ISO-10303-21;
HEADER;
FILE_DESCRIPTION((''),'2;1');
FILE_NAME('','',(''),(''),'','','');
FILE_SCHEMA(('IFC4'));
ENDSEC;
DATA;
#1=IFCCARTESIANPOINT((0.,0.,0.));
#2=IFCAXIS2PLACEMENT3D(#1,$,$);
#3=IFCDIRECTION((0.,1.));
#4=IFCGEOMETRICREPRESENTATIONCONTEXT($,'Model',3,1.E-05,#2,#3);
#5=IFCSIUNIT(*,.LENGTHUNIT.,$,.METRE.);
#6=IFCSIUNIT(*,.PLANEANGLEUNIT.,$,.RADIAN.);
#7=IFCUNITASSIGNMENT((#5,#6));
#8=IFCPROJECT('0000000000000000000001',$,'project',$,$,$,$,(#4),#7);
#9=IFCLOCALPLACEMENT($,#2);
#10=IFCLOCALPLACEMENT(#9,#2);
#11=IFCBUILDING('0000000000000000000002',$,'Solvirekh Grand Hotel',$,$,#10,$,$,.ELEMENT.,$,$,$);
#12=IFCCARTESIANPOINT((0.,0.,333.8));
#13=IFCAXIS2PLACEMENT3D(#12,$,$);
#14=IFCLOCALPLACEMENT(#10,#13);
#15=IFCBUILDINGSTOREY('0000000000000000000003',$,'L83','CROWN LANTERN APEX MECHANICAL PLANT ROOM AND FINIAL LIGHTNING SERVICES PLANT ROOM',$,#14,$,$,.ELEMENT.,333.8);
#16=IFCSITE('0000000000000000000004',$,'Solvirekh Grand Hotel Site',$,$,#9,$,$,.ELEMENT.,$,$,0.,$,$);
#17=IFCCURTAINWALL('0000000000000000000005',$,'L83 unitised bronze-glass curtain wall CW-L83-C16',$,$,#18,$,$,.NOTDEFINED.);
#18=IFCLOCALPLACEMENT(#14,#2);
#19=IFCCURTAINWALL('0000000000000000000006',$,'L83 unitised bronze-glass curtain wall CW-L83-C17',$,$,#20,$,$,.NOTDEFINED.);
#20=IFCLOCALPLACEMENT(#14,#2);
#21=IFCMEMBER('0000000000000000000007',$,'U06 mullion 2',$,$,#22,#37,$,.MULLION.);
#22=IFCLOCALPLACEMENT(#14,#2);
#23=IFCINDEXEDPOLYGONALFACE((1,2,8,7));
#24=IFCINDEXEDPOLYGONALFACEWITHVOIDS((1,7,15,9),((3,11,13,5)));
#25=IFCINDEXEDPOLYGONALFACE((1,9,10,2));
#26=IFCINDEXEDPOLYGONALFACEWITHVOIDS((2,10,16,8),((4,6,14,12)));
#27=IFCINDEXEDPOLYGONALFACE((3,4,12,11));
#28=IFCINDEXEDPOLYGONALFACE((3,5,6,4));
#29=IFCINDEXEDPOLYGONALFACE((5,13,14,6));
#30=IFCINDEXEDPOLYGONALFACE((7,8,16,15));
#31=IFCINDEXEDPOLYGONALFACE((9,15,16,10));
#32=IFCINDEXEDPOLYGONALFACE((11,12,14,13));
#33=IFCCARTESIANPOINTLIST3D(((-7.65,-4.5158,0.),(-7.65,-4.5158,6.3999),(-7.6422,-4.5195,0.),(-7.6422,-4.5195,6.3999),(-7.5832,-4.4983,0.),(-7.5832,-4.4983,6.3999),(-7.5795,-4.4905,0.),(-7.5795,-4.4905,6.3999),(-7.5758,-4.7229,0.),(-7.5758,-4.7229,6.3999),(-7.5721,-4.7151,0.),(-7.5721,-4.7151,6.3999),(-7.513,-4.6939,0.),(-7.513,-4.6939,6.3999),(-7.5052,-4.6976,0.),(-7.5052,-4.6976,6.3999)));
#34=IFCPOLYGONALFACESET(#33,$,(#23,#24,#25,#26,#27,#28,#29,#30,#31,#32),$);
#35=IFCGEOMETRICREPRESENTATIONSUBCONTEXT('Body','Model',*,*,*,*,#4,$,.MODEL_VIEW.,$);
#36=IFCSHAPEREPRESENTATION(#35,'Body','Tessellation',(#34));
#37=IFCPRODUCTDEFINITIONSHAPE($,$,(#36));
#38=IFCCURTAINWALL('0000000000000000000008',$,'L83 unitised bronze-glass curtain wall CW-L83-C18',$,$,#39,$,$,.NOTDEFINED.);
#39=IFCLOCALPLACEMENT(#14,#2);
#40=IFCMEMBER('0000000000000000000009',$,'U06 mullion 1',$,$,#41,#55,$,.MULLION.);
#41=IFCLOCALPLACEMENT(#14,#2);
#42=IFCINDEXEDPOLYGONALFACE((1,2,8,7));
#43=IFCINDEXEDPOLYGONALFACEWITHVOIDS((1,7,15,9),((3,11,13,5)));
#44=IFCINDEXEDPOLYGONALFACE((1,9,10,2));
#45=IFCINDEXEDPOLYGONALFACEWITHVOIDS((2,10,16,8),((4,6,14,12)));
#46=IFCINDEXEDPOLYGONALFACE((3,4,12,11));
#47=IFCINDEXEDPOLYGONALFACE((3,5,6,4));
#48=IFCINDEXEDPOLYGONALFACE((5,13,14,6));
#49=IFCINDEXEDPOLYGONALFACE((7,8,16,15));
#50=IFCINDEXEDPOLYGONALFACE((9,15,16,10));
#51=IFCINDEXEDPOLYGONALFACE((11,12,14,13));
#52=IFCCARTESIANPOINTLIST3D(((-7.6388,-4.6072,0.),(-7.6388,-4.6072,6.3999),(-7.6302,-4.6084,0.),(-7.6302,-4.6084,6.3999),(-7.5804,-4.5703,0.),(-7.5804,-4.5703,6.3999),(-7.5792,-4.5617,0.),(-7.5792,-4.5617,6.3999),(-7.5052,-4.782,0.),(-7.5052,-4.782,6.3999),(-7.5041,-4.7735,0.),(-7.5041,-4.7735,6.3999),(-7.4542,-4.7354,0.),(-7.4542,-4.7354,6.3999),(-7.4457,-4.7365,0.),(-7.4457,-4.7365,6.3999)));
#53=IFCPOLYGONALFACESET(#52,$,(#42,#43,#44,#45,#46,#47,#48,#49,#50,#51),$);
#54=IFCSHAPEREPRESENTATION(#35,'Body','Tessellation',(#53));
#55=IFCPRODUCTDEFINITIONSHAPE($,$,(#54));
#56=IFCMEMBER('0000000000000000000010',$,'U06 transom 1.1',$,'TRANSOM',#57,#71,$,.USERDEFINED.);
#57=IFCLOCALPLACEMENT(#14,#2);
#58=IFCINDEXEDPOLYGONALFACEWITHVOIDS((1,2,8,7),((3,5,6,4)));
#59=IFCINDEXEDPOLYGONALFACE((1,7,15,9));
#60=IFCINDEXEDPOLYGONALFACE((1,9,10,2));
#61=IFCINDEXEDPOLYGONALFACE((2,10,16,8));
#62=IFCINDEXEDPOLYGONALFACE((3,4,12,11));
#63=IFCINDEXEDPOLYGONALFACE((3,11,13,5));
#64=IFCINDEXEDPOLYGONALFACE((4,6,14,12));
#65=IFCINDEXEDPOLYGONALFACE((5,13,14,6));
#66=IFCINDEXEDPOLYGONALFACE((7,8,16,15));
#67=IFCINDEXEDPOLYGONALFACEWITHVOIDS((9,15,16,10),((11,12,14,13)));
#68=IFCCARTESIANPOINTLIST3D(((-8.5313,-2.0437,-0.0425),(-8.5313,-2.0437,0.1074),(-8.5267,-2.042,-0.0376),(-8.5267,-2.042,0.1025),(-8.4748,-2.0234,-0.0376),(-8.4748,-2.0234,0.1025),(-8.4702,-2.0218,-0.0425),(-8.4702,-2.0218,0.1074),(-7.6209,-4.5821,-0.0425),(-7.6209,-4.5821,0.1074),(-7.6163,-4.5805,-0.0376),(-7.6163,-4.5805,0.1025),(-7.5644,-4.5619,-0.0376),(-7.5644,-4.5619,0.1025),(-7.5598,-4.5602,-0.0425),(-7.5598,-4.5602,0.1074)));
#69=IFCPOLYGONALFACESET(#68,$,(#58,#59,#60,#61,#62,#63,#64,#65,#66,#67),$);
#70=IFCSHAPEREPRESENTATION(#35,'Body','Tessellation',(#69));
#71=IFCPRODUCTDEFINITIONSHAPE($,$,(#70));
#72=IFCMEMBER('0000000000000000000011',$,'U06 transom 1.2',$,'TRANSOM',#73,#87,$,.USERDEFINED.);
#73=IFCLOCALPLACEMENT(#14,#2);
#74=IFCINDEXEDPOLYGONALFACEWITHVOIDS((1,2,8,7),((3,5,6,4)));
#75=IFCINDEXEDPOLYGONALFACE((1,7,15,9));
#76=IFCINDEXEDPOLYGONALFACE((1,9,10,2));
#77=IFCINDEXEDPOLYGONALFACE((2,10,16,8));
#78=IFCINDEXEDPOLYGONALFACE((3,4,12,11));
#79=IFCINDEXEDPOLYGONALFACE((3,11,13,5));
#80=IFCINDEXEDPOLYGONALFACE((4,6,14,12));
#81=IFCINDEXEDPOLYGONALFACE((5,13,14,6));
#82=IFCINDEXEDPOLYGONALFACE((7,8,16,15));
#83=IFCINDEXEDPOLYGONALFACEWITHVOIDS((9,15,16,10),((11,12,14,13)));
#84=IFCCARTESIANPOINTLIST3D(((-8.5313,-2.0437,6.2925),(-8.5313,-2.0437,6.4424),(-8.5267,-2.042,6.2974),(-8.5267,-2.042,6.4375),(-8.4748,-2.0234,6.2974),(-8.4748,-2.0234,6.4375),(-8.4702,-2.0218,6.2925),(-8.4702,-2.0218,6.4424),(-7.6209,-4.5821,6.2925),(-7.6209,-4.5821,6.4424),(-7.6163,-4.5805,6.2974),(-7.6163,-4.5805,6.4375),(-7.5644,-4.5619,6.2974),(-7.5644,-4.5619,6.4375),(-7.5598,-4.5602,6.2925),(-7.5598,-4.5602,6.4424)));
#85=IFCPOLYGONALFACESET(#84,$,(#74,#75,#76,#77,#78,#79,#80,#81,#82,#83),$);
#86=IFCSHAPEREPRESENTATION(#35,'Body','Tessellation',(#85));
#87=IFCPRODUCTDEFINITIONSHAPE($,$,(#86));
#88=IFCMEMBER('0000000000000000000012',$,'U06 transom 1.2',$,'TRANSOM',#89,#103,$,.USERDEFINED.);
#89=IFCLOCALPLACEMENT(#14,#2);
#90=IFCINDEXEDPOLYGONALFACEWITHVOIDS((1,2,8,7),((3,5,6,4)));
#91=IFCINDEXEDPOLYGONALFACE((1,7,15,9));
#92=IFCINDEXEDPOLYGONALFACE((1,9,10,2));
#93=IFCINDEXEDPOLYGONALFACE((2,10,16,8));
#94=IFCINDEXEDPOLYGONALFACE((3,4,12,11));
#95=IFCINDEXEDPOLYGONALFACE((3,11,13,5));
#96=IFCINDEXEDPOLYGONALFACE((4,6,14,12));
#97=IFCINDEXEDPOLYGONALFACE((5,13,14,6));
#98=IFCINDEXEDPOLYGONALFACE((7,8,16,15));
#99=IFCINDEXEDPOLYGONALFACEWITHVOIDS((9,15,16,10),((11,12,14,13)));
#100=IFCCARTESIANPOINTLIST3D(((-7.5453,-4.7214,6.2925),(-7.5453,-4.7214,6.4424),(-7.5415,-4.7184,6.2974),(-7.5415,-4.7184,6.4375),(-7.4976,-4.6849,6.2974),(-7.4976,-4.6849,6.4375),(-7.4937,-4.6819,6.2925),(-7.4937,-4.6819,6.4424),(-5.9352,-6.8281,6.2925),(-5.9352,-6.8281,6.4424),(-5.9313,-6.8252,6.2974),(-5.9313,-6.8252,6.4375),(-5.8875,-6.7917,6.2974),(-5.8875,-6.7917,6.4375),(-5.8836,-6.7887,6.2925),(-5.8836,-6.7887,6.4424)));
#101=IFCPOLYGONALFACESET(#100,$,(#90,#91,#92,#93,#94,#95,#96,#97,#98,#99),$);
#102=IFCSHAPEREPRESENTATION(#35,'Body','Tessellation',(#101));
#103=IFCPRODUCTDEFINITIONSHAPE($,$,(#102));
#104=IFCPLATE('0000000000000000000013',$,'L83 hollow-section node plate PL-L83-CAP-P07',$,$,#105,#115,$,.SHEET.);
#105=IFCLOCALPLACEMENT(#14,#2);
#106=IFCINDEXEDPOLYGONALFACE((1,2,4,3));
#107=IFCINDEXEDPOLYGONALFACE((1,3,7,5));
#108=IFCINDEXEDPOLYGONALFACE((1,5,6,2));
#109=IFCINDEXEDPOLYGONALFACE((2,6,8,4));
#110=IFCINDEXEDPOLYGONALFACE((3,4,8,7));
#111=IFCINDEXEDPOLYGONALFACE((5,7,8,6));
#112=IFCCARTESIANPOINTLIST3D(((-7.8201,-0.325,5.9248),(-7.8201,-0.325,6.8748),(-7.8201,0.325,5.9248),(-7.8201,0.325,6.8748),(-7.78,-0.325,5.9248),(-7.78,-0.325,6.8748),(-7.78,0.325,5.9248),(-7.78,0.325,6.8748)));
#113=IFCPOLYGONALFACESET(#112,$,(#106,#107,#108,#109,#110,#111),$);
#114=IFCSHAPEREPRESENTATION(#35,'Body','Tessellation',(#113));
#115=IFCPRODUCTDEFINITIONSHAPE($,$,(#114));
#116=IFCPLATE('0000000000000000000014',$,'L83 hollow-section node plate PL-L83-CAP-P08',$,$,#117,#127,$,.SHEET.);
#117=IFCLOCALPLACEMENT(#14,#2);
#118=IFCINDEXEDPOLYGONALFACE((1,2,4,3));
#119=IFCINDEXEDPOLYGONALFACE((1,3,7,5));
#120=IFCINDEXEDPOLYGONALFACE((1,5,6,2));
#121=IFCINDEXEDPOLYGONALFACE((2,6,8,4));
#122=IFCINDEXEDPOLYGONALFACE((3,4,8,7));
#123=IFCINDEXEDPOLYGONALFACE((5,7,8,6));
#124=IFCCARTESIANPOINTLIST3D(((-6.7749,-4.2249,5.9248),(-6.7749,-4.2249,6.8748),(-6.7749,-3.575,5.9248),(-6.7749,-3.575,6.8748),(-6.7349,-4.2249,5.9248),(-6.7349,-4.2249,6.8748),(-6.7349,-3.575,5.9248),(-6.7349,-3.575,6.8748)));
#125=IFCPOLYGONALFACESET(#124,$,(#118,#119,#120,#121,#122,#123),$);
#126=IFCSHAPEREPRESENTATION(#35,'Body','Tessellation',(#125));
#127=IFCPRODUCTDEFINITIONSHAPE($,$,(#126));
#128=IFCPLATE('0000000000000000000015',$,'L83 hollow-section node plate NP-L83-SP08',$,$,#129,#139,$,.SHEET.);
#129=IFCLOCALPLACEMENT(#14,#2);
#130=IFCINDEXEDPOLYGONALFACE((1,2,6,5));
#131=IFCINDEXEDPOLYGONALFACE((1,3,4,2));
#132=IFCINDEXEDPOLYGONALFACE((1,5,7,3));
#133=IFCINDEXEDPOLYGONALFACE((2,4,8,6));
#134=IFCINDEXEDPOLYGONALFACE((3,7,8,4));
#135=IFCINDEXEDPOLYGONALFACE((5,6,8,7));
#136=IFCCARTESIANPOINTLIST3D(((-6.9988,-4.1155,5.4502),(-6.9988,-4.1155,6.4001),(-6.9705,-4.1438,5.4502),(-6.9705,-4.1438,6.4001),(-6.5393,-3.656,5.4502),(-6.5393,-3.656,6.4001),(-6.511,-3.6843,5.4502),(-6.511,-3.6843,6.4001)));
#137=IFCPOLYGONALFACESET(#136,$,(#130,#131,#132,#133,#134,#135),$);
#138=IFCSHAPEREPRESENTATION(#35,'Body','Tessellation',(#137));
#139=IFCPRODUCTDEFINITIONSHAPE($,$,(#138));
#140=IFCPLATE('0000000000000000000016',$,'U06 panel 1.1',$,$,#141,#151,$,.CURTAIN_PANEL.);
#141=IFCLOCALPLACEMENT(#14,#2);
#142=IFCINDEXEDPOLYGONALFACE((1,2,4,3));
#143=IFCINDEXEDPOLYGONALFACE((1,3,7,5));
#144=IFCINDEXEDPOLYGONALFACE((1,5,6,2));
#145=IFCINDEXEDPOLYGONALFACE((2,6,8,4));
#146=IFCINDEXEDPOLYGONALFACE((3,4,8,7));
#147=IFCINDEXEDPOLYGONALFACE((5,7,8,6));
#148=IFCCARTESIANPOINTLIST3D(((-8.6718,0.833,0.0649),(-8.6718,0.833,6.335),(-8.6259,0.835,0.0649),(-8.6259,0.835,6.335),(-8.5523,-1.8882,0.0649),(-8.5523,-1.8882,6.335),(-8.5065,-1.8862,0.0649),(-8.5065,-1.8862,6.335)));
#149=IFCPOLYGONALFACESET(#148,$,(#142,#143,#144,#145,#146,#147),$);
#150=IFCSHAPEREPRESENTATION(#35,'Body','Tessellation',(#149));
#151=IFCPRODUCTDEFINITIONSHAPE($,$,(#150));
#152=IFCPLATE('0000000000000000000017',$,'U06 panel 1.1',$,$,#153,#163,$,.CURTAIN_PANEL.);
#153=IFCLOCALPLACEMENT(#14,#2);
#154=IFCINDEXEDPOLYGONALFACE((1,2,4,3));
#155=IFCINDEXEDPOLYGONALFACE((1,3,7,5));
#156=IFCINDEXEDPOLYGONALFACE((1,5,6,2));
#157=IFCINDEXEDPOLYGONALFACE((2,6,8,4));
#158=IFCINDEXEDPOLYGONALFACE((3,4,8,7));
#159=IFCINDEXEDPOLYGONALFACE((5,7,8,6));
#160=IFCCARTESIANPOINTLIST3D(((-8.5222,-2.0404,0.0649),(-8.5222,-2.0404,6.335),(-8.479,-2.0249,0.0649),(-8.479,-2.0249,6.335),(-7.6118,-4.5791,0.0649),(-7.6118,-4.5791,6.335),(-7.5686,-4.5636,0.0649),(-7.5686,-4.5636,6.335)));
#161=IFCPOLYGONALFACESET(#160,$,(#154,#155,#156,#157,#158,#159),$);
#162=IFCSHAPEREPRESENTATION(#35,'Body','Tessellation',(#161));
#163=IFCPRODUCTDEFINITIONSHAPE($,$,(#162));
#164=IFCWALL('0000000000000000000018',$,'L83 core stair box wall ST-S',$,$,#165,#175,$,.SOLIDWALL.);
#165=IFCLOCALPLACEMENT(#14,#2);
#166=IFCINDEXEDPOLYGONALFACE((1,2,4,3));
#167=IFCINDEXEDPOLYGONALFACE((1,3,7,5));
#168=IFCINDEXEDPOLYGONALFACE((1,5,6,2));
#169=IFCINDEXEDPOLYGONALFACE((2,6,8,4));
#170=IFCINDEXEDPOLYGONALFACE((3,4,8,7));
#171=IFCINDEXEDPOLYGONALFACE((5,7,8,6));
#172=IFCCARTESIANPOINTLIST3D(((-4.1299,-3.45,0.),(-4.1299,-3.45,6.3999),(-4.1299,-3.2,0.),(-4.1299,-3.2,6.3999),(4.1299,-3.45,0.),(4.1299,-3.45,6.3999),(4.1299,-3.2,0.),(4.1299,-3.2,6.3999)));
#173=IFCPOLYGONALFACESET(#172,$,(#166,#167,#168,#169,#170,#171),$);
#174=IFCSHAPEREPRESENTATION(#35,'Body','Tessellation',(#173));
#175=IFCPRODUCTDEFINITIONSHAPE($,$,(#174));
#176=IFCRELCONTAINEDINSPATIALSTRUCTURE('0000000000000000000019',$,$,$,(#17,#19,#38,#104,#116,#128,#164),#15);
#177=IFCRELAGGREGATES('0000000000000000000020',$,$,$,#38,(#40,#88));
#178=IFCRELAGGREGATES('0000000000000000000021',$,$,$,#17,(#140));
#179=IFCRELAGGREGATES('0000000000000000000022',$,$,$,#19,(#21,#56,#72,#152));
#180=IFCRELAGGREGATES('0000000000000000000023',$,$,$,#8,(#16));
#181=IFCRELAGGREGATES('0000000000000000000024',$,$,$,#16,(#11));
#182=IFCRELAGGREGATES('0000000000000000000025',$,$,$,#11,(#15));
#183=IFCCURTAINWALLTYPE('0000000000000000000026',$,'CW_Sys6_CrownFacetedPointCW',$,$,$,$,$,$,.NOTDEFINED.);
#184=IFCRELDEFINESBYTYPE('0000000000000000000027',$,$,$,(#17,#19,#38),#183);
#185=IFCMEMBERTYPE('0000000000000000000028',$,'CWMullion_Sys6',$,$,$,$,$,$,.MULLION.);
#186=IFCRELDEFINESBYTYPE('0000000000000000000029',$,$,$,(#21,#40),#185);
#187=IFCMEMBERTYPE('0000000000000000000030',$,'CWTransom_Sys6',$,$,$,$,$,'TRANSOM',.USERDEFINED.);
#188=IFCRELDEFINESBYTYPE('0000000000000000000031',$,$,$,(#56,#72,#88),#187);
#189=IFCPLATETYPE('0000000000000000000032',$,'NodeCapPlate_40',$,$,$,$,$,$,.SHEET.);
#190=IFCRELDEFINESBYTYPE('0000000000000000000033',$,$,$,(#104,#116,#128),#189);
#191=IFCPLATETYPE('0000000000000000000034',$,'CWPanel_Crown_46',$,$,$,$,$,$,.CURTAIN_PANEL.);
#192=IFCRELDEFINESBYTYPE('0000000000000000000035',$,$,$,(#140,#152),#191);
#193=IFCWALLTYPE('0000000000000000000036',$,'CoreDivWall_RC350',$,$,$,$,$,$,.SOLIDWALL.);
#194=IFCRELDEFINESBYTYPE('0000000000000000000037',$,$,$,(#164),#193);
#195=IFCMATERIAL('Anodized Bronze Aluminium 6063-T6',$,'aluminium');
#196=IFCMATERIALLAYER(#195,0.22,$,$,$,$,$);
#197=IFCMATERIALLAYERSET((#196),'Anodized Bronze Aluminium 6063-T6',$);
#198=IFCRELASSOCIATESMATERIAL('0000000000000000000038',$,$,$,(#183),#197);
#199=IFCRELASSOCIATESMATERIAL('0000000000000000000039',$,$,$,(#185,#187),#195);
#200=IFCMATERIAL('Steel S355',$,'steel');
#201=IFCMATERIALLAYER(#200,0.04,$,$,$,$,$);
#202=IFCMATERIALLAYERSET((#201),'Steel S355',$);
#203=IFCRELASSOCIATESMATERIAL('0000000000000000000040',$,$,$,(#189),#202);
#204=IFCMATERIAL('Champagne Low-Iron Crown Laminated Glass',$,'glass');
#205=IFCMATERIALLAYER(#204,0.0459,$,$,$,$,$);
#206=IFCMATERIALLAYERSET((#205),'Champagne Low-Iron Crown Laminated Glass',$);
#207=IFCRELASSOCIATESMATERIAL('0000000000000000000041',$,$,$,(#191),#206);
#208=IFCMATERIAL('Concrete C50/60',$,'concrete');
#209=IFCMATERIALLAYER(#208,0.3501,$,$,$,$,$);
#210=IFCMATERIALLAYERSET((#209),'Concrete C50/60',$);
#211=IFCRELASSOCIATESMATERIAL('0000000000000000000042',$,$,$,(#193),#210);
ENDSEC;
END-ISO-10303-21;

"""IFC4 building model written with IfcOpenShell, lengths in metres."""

from ifc_helpers import new_model, si_unit, direction, frame, frame_2d, origin, origin_2d, place, context, subcontext, project, spatial, rectangle, hollow_rectangle, extrude, source, transform, mapped, material, layer, layer_set, material_profile, profile_set, type_object, element, aggregate, save


model = new_model("IFC4")

# Units and contexts
model_context = context("Model", 3, precision=1e-05, world=origin(), true_north=direction((0.0, 1.0)))
body_context = subcontext(model_context, "Body", "Model", "MODEL_VIEW")
ifc_project = project(units=[si_unit("LENGTHUNIT", "METRE"), si_unit("PLANEANGLEUNIT", "RADIAN")], contexts=[model_context])

# Site, building, storey
site_placement = place(None, origin())
site = spatial("IfcSite", under=ifc_project, at=site_placement, Name="Solvirekh Grand Hotel Site", CompositionType="ELEMENT", RefElevation=0.0)
building_placement = place(site_placement, origin())
building = spatial("IfcBuilding", under=site, at=building_placement, Name="Solvirekh Grand Hotel", CompositionType="ELEMENT")
storey_placement = place(building_placement, frame((0.0, 0.0, 333.8)))
storey = spatial("IfcBuildingStorey", under=building, at=storey_placement, Name="L83", Description="CROWN LANTERN APEX MECHANICAL PLANT ROOM AND FINIAL LIGHTNING SERVICES PLANT ROOM", CompositionType="ELEMENT", Elevation=333.8)

# Shared definitions
ifc_material_1 = material(Name="Steel S355", Category="steel")

# Curtain wall
ifc_material_2 = material(Name="Anodized Bronze Aluminium 6063-T6", Category="aluminium")
ifc_layer_1 = layer(ifc_material_2, 0.22)
ifc_layer_set_1 = layer_set([ifc_layer_1], Name="Anodized Bronze Aluminium 6063-T6")
curtain_wall_type = type_object("IfcCurtainWallType", Name="CW_Sys6_CrownFacetedPointCW", PredefinedType="NOTDEFINED", material=ifc_layer_set_1)
curtain_wall_1_placement = place(storey_placement, origin())
curtain_wall_1 = element("IfcCurtainWall", 1, at=curtain_wall_1_placement, inside=storey, type_object=curtain_wall_type, Name="L83 unitised bronze-glass curtain wall CW-L83-C16", PredefinedType="NOTDEFINED")
ifc_material_profile_1 = material_profile(ifc_material_2, hollow_rectangle(XDim=0.075, YDim=0.22, WallThickness=0.0061, at=origin_2d()), Name="ALU RHS 220X75X6")
ifc_profile_set_1 = profile_set([ifc_material_profile_1], Name="Anodized Bronze Aluminium 6063-T6")
member_type_1 = type_object("IfcMemberType", Name="CWMullion_Sys6", PredefinedType="MULLION", material=ifc_profile_set_1)
shared_shape_1 = source(origin(), body_context, "Body", "SweptSolid", [
    extrude(hollow_rectangle(XDim=0.075, YDim=0.22, WallThickness=0.0061, at=origin_2d()), origin(), (0.0, 0.0, 1.0), 6.3999),
])

# Curtain wall, member
curtain_wall_2_placement = place(storey_placement, origin())
curtain_wall_2 = element("IfcCurtainWall", 2, at=curtain_wall_2_placement, inside=storey, type_object=curtain_wall_type, Name="L83 unitised bronze-glass curtain wall CW-L83-C17", PredefinedType="NOTDEFINED")
member_1_placement = place(storey_placement, frame((-7.5776, -4.6067, 0.0), z_axis=(0.0, 0.0, 1.0), x_axis=(0.941312, 0.337538, 0.0)))
member_1 = element("IfcMember", 3, at=member_1_placement, type_object=member_type_1, Name="U06 mullion 2", PredefinedType="MULLION", context=body_context, shape_type="MappedRepresentation", body=[
    mapped(shared_shape_1, transform((0.0, 0.0, 0.0), x_axis=(1.0, 0.0, 0.0), y_axis=(0.0, 1.0, 0.0), z_axis=(0.0, 0.0, 1.0), scale=1.0)),
])

# Curtain wall, member
curtain_wall_3_placement = place(storey_placement, origin())
curtain_wall_3 = element("IfcCurtainWall", 4, at=curtain_wall_3_placement, inside=storey, type_object=curtain_wall_type, Name="L83 unitised bronze-glass curtain wall CW-L83-C18", PredefinedType="NOTDEFINED")
member_2_placement = place(storey_placement, frame((-7.5422, -4.6719, 0.0), z_axis=(0.0, 0.0, 1.0), x_axis=(0.794571, 0.607172, 0.0)))
member_2 = element("IfcMember", 5, at=member_2_placement, type_object=member_type_1, Name="U06 mullion 1", PredefinedType="MULLION", context=body_context, shape_type="MappedRepresentation", body=[
    mapped(shared_shape_1, transform((0.0, 0.0, 0.0), x_axis=(1.0, 0.0, 0.0), y_axis=(0.0, 1.0, 0.0), z_axis=(0.0, 0.0, 1.0), scale=1.0)),
])

# Members
ifc_material_profile_2 = material_profile(ifc_material_2, hollow_rectangle(XDim=0.0649, YDim=0.1499, WallThickness=0.0049, at=origin_2d()), Name="ALU RHS 150X65X5")
ifc_profile_set_2 = profile_set([ifc_material_profile_2], Name="Anodized Bronze Aluminium 6063-T6")
member_type_2 = type_object("IfcMemberType", Name="CWTransom_Sys6", ElementType="TRANSOM", PredefinedType="USERDEFINED", material=ifc_profile_set_2)
shared_shape_2 = source(origin(), body_context, "Body", "SweptSolid", [
    extrude(hollow_rectangle(XDim=0.0649, YDim=0.1499, WallThickness=0.0049, at=origin_2d()), origin(), (0.0, 0.0, 1.0), 2.6968),
])
member_3_placement = place(storey_placement, frame((-8.5007, -2.0327, 0.0325), z_axis=(0.337575, -0.941299, 0.0), x_axis=(0.941299, 0.337575, 0.0)))
member_3 = element("IfcMember", 6, at=member_3_placement, type_object=member_type_2, Name="U06 transom 1.1", ObjectType="TRANSOM", PredefinedType="USERDEFINED", context=body_context, shape_type="MappedRepresentation", body=[
    mapped(shared_shape_2, transform((0.0, 0.0, 0.0), x_axis=(1.0, 0.0, 0.0), y_axis=(0.0, 1.0, 0.0), z_axis=(0.0, 0.0, 1.0), scale=1.0)),
])
member_4_placement = place(storey_placement, frame((-8.5007, -2.0327, 6.3674), z_axis=(0.337575, -0.941299, 0.0), x_axis=(0.941299, 0.337575, 0.0)))
member_4 = element("IfcMember", 7, at=member_4_placement, type_object=member_type_2, Name="U06 transom 1.2", ObjectType="TRANSOM", PredefinedType="USERDEFINED", context=body_context, shape_type="MappedRepresentation", body=[
    mapped(shared_shape_2, transform((0.0, 0.0, 0.0), x_axis=(1.0, 0.0, 0.0), y_axis=(0.0, 1.0, 0.0), z_axis=(0.0, 0.0, 1.0), scale=1.0)),
])
shared_shape_3 = source(origin(), body_context, "Body", "SweptSolid", [
    extrude(hollow_rectangle(XDim=0.0649, YDim=0.1499, WallThickness=0.0049, at=origin_2d()), origin(), (0.0, 0.0, 1.0), 2.6516),
])
member_5_placement = place(storey_placement, frame((-7.5195, -4.7017, 6.3674), z_axis=(0.607238, -0.79452, 0.0), x_axis=(0.79452, 0.607238, 0.0)))
member_5 = element("IfcMember", 8, at=member_5_placement, type_object=member_type_2, Name="U06 transom 1.2", ObjectType="TRANSOM", PredefinedType="USERDEFINED", context=body_context, shape_type="MappedRepresentation", body=[
    mapped(shared_shape_3, transform((0.0, 0.0, 0.0), x_axis=(1.0, 0.0, 0.0), y_axis=(0.0, 1.0, 0.0), z_axis=(0.0, 0.0, 1.0), scale=1.0)),
])
aggregate(curtain_wall_3, [member_2, member_5])

# Plates
ifc_layer_2 = layer(ifc_material_1, 0.04)
ifc_layer_set_2 = layer_set([ifc_layer_2], Name="Steel S355")
plate_type_1 = type_object("IfcPlateType", Name="NodeCapPlate_40", PredefinedType="SHEET", material=ifc_layer_set_2)
for number, where, z_axis, x_axis, name in (
    (9, (-7.8, 0.0, 5.9248), (0.0, 0.0, 1.0), (1.0, 0.0, 0.0), "L83 hollow-section node plate PL-L83-CAP-P07"),
    (10, (-6.7549, -3.8999, 5.9248), (0.0, 0.0, 1.0), (1.0, 0.0, 0.0), "L83 hollow-section node plate PL-L83-CAP-P08"),
    (11, (-6.7549, -3.8999, 5.4502), (0.0, 0.0, 1.0), (0.707107, -0.707107, 0.0), "L83 hollow-section node plate NP-L83-SP08"),
):
    element("IfcPlate", number, at=place(storey_placement, frame(where, z_axis=z_axis, x_axis=x_axis)), inside=storey, type_object=plate_type_1, Name=name, PredefinedType="SHEET", context=body_context, shape_type="SweptSolid", body=[
        extrude(rectangle(XDim=0.04, YDim=0.6499, at=origin_2d()), origin(), (0.0, 0.0, 1.0), 0.95),
    ])

# Plates
ifc_material_3 = material(Name="Champagne Low-Iron Crown Laminated Glass", Category="glass")
ifc_layer_3 = layer(ifc_material_3, 0.0459)
ifc_layer_set_3 = layer_set([ifc_layer_3], Name="Champagne Low-Iron Crown Laminated Glass")
plate_type_2 = type_object("IfcPlateType", Name="CWPanel_Crown_46", PredefinedType="CURTAIN_PANEL", material=ifc_layer_set_3)
shared_shape_4 = source(origin(), body_context, "Body", "SweptSolid", [
    extrude(rectangle(XDim=2.7239, YDim=0.0459, at=origin_2d()), origin(), (0.0, 0.0, 1.0), 6.27),
])
plate_1_placement = place(storey_placement, frame((-8.5891, -0.5266, 0.0649), z_axis=(0.0, 0.0, 1.0), x_axis=(0.043845, -0.999038, 0.0)))
plate_1 = element("IfcPlate", 12, at=plate_1_placement, type_object=plate_type_2, Name="U06 panel 1.1", PredefinedType="CURTAIN_PANEL", context=body_context, shape_type="MappedRepresentation", body=[
    mapped(shared_shape_4, transform((0.0, 0.0, 0.0), x_axis=(1.0, 0.0, 0.0), y_axis=(0.0, 1.0, 0.0), z_axis=(0.0, 0.0, 1.0), scale=1.0)),
])
aggregate(curtain_wall_1, [plate_1])
shared_shape_5 = source(origin(), body_context, "Body", "SweptSolid", [
    extrude(rectangle(XDim=2.697, YDim=0.0459, at=origin_2d()), origin(), (0.0, 0.0, 1.0), 6.27),
])
plate_2_placement = place(storey_placement, frame((-8.0454, -3.302, 0.0649), z_axis=(0.0, 0.0, 1.0), x_axis=(0.337538, -0.941312, 0.0)))
plate_2 = element("IfcPlate", 13, at=plate_2_placement, type_object=plate_type_2, Name="U06 panel 1.1", PredefinedType="CURTAIN_PANEL", context=body_context, shape_type="MappedRepresentation", body=[
    mapped(shared_shape_5, transform((0.0, 0.0, 0.0), x_axis=(1.0, 0.0, 0.0), y_axis=(0.0, 1.0, 0.0), z_axis=(0.0, 0.0, 1.0), scale=1.0)),
])
aggregate(curtain_wall_2, [member_1, member_3, member_4, plate_2])

# Wall
ifc_material_4 = material(Name="Concrete C50/60", Category="concrete")
ifc_layer_4 = layer(ifc_material_4, 0.3501)
ifc_layer_set_4 = layer_set([ifc_layer_4], Name="Concrete C50/60")
wall_type_1 = type_object("IfcWallType", Name="CoreDivWall_RC350", PredefinedType="SOLIDWALL", material=ifc_layer_set_4)
wall_1_placement = place(storey_placement, frame((-4.1299, -3.325, 0.0), z_axis=(0.0, 0.0, 1.0), x_axis=(1.0, 0.0, 0.0)))
element("IfcWall", 14, at=wall_1_placement, inside=storey, type_object=wall_type_1, Name="L83 core stair box wall ST-S", PredefinedType="SOLIDWALL", context=body_context, shape_type="SweptSolid", body=[
    extrude(rectangle(XDim=8.2598, YDim=0.25, at=frame_2d((4.1299, 0.0))), origin(), (0.0, 0.0, 1.0), 6.3999),
])

save(model, "model.ifc")
